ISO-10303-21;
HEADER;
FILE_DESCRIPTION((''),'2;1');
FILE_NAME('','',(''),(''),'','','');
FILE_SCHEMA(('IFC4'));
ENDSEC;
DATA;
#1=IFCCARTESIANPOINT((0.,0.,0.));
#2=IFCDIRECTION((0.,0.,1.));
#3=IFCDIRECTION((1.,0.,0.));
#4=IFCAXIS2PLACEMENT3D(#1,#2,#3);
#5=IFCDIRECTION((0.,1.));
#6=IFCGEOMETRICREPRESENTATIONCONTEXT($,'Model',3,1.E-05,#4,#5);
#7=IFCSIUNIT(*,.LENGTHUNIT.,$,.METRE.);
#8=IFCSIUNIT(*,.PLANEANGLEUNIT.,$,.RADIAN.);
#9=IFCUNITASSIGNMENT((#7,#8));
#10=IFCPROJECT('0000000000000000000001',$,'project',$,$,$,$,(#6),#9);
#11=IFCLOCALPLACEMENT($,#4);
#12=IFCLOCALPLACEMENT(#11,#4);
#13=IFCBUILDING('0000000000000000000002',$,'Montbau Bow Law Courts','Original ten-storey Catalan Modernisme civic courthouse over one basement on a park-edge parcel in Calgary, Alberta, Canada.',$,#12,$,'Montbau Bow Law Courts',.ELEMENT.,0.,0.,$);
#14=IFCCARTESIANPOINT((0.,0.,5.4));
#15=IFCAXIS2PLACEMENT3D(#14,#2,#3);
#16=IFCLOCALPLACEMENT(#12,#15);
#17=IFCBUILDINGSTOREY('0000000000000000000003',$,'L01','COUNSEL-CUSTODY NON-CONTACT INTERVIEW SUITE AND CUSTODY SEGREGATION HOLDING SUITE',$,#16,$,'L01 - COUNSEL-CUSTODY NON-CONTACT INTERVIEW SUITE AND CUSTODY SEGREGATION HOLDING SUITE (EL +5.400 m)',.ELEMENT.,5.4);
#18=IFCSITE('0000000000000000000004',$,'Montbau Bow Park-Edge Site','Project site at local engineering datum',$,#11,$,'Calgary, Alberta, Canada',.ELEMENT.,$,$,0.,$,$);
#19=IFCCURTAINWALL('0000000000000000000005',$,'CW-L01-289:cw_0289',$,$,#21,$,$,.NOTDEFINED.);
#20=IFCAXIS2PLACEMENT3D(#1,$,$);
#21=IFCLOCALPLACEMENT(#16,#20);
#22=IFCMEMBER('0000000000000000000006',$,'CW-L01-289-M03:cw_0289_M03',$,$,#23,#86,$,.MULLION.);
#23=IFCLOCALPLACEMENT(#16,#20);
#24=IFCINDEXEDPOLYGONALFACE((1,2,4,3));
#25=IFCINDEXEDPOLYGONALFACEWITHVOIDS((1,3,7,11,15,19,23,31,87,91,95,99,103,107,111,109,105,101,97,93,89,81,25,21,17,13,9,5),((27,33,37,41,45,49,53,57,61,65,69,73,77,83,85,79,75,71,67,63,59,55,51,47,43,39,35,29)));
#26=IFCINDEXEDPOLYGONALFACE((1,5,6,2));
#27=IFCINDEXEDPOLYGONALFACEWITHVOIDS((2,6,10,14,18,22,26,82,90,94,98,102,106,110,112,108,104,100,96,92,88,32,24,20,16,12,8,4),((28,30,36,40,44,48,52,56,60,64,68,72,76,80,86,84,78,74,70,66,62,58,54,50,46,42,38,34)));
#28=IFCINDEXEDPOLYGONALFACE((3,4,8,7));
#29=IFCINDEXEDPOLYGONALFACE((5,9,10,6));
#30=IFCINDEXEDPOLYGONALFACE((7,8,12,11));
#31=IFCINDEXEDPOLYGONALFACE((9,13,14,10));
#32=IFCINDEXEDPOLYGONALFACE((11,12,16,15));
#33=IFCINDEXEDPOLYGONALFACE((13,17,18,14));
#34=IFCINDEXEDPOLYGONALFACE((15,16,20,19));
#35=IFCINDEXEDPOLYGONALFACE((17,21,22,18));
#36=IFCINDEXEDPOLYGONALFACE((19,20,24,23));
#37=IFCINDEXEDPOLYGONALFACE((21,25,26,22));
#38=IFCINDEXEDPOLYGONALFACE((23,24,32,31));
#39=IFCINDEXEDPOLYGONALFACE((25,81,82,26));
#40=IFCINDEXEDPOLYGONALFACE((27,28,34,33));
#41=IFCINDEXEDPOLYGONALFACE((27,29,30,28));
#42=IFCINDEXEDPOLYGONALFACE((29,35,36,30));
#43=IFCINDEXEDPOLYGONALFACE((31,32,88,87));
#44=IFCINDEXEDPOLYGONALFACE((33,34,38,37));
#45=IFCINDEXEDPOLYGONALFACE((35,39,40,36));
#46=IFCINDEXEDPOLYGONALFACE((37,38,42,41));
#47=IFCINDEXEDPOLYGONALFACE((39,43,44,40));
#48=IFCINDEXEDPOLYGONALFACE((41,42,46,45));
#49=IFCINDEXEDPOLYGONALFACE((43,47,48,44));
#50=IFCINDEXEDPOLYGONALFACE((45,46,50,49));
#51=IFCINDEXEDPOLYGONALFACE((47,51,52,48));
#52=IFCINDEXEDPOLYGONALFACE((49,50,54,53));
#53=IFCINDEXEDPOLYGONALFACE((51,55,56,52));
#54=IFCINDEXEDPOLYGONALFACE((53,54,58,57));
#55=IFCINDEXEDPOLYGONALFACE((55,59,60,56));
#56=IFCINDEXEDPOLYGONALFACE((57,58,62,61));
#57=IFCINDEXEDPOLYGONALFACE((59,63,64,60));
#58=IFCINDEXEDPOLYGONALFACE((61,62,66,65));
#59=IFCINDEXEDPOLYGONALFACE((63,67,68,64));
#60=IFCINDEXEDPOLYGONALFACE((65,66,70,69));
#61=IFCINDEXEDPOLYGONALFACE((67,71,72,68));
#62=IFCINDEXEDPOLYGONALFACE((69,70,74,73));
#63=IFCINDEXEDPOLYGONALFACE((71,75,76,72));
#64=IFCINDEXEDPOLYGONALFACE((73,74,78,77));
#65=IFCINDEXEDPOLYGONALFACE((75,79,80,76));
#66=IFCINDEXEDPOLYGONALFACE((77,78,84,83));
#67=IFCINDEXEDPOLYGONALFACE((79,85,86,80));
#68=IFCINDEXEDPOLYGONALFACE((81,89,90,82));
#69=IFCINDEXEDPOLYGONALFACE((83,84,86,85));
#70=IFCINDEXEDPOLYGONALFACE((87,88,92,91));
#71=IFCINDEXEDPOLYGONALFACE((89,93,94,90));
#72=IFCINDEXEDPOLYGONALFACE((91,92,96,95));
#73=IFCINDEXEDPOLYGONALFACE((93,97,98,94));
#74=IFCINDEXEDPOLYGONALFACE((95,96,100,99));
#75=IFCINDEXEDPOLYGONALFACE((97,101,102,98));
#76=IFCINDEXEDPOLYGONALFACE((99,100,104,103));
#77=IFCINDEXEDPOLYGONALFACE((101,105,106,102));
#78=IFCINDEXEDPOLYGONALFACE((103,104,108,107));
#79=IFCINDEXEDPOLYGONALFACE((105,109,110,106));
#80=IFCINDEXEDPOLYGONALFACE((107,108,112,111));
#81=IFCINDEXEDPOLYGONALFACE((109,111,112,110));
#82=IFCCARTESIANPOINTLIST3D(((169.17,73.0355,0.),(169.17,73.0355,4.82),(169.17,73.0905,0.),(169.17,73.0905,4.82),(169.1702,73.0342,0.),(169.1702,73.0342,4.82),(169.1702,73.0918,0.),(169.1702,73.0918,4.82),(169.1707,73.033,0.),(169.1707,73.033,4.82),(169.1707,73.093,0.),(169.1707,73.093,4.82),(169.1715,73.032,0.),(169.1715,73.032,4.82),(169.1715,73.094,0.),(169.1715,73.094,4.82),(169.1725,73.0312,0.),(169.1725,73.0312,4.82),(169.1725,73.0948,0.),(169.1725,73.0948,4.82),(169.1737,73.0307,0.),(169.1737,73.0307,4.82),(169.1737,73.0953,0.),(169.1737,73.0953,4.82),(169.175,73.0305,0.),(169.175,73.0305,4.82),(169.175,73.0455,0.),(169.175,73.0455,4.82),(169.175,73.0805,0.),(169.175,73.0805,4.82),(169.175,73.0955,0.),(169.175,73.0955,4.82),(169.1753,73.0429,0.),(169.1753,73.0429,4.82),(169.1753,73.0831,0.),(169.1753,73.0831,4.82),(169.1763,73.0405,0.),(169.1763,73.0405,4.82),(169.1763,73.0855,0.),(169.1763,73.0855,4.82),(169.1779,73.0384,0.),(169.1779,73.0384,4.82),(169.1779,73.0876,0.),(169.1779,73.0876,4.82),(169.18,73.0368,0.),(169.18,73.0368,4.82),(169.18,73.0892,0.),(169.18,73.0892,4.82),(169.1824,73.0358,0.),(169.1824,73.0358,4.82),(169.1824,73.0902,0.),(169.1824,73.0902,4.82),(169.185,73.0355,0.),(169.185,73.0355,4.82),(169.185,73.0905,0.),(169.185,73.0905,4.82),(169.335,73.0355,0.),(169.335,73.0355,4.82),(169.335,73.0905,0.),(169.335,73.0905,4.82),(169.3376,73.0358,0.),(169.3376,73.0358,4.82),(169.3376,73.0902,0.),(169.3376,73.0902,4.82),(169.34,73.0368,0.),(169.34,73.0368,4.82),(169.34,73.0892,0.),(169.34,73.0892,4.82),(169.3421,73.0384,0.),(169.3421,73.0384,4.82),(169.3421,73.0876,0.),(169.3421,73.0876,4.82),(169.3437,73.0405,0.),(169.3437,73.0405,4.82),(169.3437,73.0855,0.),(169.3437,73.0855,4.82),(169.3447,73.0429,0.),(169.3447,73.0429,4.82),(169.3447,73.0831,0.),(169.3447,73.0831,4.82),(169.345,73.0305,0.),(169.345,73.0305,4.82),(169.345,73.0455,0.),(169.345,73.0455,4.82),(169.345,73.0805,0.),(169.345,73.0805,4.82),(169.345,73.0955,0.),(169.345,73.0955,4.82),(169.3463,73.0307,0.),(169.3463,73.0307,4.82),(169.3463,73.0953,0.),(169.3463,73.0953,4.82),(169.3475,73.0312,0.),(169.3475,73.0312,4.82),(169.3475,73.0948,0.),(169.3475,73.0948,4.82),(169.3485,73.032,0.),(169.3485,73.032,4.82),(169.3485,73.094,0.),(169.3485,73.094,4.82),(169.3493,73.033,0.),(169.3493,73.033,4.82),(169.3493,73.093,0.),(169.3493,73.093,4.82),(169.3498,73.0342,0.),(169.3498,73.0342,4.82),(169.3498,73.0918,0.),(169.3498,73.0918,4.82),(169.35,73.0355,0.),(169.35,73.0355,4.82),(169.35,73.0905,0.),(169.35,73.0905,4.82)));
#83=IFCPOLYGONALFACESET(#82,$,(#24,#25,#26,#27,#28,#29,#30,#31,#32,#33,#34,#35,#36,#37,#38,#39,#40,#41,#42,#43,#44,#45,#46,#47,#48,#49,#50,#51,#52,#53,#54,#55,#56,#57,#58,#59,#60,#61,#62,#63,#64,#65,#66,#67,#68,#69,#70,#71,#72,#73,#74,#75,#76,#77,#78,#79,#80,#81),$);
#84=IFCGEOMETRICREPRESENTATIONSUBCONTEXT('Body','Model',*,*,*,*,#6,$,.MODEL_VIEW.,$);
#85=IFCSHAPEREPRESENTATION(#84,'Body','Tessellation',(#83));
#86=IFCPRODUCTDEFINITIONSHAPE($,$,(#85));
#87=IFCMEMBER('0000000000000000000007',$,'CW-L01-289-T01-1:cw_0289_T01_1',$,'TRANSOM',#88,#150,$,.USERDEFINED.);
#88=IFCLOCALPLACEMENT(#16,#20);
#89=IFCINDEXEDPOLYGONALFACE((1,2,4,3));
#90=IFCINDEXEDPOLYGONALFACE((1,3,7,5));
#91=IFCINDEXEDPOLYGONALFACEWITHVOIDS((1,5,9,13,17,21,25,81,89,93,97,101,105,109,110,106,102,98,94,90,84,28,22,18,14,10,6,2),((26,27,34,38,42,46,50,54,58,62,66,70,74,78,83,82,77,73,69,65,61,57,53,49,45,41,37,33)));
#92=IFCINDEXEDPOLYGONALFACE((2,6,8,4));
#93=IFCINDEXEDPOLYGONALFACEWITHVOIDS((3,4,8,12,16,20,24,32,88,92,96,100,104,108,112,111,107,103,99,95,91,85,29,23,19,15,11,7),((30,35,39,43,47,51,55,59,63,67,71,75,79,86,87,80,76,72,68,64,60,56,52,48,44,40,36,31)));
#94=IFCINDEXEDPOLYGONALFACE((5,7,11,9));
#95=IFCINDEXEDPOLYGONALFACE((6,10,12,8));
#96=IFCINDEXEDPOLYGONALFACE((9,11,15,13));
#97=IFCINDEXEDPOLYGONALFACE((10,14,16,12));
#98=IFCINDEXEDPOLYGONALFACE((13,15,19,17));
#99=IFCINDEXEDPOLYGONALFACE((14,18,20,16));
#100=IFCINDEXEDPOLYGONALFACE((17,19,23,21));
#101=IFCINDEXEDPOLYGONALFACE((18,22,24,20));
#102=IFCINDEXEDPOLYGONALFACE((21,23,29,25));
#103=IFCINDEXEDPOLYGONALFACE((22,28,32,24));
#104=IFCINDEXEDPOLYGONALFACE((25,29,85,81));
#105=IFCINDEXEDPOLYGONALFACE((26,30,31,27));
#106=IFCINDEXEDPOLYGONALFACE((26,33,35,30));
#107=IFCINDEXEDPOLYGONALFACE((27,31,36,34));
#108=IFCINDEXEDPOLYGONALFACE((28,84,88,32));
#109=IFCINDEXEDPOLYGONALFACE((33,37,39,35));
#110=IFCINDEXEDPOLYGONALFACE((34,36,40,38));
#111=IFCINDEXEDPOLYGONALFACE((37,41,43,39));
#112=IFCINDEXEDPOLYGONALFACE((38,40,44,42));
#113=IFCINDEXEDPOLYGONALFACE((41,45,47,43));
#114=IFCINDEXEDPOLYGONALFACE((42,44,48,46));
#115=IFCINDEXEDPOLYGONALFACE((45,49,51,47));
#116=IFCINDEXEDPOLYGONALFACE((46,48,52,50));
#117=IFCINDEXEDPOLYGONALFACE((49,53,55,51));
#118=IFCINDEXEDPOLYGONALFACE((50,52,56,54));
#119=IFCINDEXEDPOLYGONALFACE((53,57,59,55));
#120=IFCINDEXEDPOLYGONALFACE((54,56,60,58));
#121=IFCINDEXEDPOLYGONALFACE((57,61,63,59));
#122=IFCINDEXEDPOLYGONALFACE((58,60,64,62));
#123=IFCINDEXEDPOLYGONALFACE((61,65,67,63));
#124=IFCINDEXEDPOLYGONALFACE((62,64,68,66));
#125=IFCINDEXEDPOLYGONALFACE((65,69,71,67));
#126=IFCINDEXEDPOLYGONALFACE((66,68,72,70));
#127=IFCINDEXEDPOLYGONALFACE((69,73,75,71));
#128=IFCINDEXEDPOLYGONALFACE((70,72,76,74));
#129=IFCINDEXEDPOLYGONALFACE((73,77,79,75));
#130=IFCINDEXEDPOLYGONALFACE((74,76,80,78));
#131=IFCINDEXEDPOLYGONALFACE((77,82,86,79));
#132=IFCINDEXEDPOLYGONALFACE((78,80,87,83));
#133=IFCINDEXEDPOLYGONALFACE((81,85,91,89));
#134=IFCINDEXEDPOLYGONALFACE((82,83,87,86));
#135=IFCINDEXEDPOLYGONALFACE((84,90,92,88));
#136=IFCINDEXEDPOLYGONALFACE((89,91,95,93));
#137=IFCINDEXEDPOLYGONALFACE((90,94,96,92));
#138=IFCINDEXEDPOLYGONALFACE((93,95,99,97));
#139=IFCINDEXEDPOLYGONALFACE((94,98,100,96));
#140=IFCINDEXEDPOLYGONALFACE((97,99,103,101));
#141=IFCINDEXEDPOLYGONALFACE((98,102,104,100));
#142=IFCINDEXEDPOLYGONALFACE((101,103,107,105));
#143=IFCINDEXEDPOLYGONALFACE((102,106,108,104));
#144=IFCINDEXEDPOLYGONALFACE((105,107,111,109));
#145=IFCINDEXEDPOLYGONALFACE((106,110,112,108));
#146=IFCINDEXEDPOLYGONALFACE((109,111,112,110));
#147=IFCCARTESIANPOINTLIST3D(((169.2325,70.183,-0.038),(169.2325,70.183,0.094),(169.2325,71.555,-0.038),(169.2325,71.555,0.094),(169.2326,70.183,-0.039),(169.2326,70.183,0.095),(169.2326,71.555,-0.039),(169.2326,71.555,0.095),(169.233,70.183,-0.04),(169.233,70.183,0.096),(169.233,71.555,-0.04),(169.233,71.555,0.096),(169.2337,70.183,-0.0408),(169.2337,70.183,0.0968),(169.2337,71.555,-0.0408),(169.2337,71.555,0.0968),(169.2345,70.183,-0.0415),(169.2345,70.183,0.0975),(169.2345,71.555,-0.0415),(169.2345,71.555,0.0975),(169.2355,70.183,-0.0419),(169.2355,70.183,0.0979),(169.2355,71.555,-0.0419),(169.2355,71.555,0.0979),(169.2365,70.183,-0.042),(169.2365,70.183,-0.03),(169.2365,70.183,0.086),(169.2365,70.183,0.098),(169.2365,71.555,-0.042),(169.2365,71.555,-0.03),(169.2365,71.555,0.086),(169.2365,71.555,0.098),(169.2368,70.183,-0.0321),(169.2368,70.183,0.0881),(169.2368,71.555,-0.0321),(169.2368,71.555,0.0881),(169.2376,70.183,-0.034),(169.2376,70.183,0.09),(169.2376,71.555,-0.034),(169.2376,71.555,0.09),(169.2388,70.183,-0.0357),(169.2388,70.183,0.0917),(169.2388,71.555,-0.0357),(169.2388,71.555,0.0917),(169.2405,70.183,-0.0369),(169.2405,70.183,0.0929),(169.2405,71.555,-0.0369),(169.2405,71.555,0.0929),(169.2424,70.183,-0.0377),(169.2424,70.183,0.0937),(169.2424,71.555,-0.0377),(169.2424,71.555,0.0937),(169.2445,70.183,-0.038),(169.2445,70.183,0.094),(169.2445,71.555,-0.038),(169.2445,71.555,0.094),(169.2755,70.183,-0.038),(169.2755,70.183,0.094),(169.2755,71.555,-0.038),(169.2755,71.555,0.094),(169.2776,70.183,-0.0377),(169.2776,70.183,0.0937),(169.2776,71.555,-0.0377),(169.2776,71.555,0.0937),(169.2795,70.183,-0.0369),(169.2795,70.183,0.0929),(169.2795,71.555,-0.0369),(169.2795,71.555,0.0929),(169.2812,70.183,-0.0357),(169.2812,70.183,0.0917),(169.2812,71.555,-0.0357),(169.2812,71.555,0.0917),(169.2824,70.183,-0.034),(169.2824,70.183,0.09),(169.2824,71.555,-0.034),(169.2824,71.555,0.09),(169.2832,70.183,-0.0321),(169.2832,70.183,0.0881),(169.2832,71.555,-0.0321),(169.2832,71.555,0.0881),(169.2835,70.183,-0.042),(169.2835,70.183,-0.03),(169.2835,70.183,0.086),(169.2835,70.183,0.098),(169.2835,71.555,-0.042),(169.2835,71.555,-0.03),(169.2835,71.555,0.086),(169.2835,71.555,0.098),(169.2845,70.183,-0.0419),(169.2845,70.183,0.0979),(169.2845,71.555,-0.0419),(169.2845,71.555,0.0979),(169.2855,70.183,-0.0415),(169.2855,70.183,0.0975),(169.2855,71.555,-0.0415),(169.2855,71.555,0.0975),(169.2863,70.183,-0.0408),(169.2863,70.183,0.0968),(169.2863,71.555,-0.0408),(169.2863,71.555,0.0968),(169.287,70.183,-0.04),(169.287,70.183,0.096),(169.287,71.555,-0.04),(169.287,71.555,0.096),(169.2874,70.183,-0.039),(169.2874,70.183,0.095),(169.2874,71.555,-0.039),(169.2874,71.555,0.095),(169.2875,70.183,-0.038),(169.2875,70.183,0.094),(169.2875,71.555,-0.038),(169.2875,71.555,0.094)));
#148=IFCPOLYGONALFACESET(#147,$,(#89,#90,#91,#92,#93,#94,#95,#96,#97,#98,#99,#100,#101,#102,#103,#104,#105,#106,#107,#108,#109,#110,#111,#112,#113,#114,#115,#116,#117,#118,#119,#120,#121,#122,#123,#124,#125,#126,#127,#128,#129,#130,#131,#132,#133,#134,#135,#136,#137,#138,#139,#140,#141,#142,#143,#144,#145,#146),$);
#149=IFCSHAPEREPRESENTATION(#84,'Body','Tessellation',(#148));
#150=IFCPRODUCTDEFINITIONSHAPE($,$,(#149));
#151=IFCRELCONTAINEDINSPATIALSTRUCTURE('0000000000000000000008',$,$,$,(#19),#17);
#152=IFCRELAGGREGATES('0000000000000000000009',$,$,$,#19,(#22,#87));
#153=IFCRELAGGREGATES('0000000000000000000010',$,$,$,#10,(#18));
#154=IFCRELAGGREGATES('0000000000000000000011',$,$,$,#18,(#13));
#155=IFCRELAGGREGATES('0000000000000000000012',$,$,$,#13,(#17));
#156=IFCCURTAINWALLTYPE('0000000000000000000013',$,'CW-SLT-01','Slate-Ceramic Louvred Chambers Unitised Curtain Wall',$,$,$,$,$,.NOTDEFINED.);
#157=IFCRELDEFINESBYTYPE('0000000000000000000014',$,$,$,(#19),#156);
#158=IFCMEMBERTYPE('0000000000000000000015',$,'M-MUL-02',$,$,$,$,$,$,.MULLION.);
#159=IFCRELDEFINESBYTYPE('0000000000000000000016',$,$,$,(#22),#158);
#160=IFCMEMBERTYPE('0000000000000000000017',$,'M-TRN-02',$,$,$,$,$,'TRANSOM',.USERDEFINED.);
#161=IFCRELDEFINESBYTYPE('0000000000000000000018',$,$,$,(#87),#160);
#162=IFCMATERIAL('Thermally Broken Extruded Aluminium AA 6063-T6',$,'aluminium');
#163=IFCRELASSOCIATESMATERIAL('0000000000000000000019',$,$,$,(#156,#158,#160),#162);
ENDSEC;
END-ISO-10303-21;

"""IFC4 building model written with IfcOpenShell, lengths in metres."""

from ifc_helpers import new_model, si_unit, direction, frame, origin_with_axes, origin_2d_with_axis, place, context, subcontext, project, spatial, hollow_rectangle, extrude, material, material_profile, profile_set, type_object, element, aggregate, save


model = new_model("IFC4")

# Units and contexts
model_context = context("Model", 3, precision=1e-05, world=origin_with_axes(), true_north=direction((0.0, 1.0)))
body_context = subcontext(model_context, "Body", "Model", "MODEL_VIEW")
ifc_project = project(units=[si_unit("LENGTHUNIT", "METRE"), si_unit("PLANEANGLEUNIT", "RADIAN")], contexts=[model_context])

# Site, building, storey
site_placement = place(None, origin_with_axes())
site = spatial("IfcSite", under=ifc_project, at=site_placement, Name="Montbau Bow Park-Edge Site", Description="Project site at local engineering datum", LongName="Calgary, Alberta, Canada", CompositionType="ELEMENT", RefElevation=0.0)
building_placement = place(site_placement, origin_with_axes())
building = spatial("IfcBuilding", under=site, at=building_placement, Name="Montbau Bow Law Courts", Description="Original ten-storey Catalan Modernisme civic courthouse over one basement on a park-edge parcel in Calgary, Alberta, Canada.", LongName="Montbau Bow Law Courts", CompositionType="ELEMENT", ElevationOfRefHeight=0.0, ElevationOfTerrain=0.0)
storey_placement = place(building_placement, frame((0.0, 0.0, 5.4), z_axis=(0.0, 0.0, 1.0), x_axis=(1.0, 0.0, 0.0)))
storey = spatial("IfcBuildingStorey", under=building, at=storey_placement, Name="L01", Description="COUNSEL-CUSTODY NON-CONTACT INTERVIEW SUITE AND CUSTODY SEGREGATION HOLDING SUITE", LongName="L01 - COUNSEL-CUSTODY NON-CONTACT INTERVIEW SUITE AND CUSTODY SEGREGATION HOLDING SUITE (EL +5.400 m)", CompositionType="ELEMENT", Elevation=5.4)

# Shared definitions
ifc_material_1 = material(Name="Thermally Broken Extruded Aluminium AA 6063-T6", Category="aluminium")
curtain_wall_type = type_object("IfcCurtainWallType", Name="CW-SLT-01", Description="Slate-Ceramic Louvred Chambers Unitised Curtain Wall", PredefinedType="NOTDEFINED", material=ifc_material_1)
ifc_material_profile_1 = material_profile(ifc_material_1, hollow_rectangle(XDim=0.065, YDim=0.18, WallThickness=0.005, InnerFilletRadius=0.01, OuterFilletRadius=0.005, at=origin_2d_with_axis()), Name="CWM-180X65", Category="Main", Priority=0)
ifc_profile_set_1 = profile_set([ifc_material_profile_1], Name="Thermally Broken Extruded Aluminium AA 6063-T6")
member_type_1 = type_object("IfcMemberType", Name="M-MUL-02", PredefinedType="MULLION", material=ifc_profile_set_1)

# Curtain wall, members
curtain_wall_1_placement = place(None, frame((169.26, 70.115, 5.4), z_axis=(0.0, 0.0, 1.0), x_axis=(1.0, 0.0, 0.0)))
curtain_wall_1 = element("IfcCurtainWall", 1, at=curtain_wall_1_placement, inside=storey, type_object=curtain_wall_type, Name="CW-L01-289:cw_0289", PredefinedType="NOTDEFINED")
member_1_placement = place(None, frame((169.26, 73.063, 5.4), z_axis=(0.0, 0.0, 1.0), x_axis=(0.0, 1.0, 0.0)))
member_1 = element("IfcMember", 2, at=member_1_placement, type_object=member_type_1, Name="CW-L01-289-M03:cw_0289_M03", PredefinedType="MULLION", context=body_context, shape_type="SweptSolid", body=[
    extrude(hollow_rectangle(XDim=0.065, YDim=0.18, WallThickness=0.005, InnerFilletRadius=0.01, OuterFilletRadius=0.005, at=origin_2d_with_axis()), origin_with_axes(), (0.0, 0.0, 1.0), 4.82),
])
ifc_material_profile_2 = material_profile(ifc_material_1, hollow_rectangle(XDim=0.055, YDim=0.14, WallThickness=0.004, InnerFilletRadius=0.008, OuterFilletRadius=0.004, at=origin_2d_with_axis()), Name="CWT-140X55", Category="Main", Priority=0)
ifc_profile_set_2 = profile_set([ifc_material_profile_2], Name="Thermally Broken Extruded Aluminium AA 6063-T6")
member_type_2 = type_object("IfcMemberType", Name="M-TRN-02", ElementType="TRANSOM", PredefinedType="USERDEFINED", material=ifc_profile_set_2)
member_2_placement = place(None, frame((169.26, 70.183, 5.428), z_axis=(0.0, 1.0, 0.0), x_axis=(-1.0, 0.0, 0.0)))
member_2 = element("IfcMember", 3, at=member_2_placement, type_object=member_type_2, Name="CW-L01-289-T01-1:cw_0289_T01_1", ObjectType="TRANSOM", PredefinedType="USERDEFINED", context=body_context, shape_type="SweptSolid", body=[
    extrude(hollow_rectangle(XDim=0.055, YDim=0.14, WallThickness=0.004, InnerFilletRadius=0.008, OuterFilletRadius=0.004, at=origin_2d_with_axis()), origin_with_axes(), (0.0, 0.0, 1.0), 1.372),
])
aggregate(curtain_wall_1, [member_1, member_2])

save(model, "model.ifc")
